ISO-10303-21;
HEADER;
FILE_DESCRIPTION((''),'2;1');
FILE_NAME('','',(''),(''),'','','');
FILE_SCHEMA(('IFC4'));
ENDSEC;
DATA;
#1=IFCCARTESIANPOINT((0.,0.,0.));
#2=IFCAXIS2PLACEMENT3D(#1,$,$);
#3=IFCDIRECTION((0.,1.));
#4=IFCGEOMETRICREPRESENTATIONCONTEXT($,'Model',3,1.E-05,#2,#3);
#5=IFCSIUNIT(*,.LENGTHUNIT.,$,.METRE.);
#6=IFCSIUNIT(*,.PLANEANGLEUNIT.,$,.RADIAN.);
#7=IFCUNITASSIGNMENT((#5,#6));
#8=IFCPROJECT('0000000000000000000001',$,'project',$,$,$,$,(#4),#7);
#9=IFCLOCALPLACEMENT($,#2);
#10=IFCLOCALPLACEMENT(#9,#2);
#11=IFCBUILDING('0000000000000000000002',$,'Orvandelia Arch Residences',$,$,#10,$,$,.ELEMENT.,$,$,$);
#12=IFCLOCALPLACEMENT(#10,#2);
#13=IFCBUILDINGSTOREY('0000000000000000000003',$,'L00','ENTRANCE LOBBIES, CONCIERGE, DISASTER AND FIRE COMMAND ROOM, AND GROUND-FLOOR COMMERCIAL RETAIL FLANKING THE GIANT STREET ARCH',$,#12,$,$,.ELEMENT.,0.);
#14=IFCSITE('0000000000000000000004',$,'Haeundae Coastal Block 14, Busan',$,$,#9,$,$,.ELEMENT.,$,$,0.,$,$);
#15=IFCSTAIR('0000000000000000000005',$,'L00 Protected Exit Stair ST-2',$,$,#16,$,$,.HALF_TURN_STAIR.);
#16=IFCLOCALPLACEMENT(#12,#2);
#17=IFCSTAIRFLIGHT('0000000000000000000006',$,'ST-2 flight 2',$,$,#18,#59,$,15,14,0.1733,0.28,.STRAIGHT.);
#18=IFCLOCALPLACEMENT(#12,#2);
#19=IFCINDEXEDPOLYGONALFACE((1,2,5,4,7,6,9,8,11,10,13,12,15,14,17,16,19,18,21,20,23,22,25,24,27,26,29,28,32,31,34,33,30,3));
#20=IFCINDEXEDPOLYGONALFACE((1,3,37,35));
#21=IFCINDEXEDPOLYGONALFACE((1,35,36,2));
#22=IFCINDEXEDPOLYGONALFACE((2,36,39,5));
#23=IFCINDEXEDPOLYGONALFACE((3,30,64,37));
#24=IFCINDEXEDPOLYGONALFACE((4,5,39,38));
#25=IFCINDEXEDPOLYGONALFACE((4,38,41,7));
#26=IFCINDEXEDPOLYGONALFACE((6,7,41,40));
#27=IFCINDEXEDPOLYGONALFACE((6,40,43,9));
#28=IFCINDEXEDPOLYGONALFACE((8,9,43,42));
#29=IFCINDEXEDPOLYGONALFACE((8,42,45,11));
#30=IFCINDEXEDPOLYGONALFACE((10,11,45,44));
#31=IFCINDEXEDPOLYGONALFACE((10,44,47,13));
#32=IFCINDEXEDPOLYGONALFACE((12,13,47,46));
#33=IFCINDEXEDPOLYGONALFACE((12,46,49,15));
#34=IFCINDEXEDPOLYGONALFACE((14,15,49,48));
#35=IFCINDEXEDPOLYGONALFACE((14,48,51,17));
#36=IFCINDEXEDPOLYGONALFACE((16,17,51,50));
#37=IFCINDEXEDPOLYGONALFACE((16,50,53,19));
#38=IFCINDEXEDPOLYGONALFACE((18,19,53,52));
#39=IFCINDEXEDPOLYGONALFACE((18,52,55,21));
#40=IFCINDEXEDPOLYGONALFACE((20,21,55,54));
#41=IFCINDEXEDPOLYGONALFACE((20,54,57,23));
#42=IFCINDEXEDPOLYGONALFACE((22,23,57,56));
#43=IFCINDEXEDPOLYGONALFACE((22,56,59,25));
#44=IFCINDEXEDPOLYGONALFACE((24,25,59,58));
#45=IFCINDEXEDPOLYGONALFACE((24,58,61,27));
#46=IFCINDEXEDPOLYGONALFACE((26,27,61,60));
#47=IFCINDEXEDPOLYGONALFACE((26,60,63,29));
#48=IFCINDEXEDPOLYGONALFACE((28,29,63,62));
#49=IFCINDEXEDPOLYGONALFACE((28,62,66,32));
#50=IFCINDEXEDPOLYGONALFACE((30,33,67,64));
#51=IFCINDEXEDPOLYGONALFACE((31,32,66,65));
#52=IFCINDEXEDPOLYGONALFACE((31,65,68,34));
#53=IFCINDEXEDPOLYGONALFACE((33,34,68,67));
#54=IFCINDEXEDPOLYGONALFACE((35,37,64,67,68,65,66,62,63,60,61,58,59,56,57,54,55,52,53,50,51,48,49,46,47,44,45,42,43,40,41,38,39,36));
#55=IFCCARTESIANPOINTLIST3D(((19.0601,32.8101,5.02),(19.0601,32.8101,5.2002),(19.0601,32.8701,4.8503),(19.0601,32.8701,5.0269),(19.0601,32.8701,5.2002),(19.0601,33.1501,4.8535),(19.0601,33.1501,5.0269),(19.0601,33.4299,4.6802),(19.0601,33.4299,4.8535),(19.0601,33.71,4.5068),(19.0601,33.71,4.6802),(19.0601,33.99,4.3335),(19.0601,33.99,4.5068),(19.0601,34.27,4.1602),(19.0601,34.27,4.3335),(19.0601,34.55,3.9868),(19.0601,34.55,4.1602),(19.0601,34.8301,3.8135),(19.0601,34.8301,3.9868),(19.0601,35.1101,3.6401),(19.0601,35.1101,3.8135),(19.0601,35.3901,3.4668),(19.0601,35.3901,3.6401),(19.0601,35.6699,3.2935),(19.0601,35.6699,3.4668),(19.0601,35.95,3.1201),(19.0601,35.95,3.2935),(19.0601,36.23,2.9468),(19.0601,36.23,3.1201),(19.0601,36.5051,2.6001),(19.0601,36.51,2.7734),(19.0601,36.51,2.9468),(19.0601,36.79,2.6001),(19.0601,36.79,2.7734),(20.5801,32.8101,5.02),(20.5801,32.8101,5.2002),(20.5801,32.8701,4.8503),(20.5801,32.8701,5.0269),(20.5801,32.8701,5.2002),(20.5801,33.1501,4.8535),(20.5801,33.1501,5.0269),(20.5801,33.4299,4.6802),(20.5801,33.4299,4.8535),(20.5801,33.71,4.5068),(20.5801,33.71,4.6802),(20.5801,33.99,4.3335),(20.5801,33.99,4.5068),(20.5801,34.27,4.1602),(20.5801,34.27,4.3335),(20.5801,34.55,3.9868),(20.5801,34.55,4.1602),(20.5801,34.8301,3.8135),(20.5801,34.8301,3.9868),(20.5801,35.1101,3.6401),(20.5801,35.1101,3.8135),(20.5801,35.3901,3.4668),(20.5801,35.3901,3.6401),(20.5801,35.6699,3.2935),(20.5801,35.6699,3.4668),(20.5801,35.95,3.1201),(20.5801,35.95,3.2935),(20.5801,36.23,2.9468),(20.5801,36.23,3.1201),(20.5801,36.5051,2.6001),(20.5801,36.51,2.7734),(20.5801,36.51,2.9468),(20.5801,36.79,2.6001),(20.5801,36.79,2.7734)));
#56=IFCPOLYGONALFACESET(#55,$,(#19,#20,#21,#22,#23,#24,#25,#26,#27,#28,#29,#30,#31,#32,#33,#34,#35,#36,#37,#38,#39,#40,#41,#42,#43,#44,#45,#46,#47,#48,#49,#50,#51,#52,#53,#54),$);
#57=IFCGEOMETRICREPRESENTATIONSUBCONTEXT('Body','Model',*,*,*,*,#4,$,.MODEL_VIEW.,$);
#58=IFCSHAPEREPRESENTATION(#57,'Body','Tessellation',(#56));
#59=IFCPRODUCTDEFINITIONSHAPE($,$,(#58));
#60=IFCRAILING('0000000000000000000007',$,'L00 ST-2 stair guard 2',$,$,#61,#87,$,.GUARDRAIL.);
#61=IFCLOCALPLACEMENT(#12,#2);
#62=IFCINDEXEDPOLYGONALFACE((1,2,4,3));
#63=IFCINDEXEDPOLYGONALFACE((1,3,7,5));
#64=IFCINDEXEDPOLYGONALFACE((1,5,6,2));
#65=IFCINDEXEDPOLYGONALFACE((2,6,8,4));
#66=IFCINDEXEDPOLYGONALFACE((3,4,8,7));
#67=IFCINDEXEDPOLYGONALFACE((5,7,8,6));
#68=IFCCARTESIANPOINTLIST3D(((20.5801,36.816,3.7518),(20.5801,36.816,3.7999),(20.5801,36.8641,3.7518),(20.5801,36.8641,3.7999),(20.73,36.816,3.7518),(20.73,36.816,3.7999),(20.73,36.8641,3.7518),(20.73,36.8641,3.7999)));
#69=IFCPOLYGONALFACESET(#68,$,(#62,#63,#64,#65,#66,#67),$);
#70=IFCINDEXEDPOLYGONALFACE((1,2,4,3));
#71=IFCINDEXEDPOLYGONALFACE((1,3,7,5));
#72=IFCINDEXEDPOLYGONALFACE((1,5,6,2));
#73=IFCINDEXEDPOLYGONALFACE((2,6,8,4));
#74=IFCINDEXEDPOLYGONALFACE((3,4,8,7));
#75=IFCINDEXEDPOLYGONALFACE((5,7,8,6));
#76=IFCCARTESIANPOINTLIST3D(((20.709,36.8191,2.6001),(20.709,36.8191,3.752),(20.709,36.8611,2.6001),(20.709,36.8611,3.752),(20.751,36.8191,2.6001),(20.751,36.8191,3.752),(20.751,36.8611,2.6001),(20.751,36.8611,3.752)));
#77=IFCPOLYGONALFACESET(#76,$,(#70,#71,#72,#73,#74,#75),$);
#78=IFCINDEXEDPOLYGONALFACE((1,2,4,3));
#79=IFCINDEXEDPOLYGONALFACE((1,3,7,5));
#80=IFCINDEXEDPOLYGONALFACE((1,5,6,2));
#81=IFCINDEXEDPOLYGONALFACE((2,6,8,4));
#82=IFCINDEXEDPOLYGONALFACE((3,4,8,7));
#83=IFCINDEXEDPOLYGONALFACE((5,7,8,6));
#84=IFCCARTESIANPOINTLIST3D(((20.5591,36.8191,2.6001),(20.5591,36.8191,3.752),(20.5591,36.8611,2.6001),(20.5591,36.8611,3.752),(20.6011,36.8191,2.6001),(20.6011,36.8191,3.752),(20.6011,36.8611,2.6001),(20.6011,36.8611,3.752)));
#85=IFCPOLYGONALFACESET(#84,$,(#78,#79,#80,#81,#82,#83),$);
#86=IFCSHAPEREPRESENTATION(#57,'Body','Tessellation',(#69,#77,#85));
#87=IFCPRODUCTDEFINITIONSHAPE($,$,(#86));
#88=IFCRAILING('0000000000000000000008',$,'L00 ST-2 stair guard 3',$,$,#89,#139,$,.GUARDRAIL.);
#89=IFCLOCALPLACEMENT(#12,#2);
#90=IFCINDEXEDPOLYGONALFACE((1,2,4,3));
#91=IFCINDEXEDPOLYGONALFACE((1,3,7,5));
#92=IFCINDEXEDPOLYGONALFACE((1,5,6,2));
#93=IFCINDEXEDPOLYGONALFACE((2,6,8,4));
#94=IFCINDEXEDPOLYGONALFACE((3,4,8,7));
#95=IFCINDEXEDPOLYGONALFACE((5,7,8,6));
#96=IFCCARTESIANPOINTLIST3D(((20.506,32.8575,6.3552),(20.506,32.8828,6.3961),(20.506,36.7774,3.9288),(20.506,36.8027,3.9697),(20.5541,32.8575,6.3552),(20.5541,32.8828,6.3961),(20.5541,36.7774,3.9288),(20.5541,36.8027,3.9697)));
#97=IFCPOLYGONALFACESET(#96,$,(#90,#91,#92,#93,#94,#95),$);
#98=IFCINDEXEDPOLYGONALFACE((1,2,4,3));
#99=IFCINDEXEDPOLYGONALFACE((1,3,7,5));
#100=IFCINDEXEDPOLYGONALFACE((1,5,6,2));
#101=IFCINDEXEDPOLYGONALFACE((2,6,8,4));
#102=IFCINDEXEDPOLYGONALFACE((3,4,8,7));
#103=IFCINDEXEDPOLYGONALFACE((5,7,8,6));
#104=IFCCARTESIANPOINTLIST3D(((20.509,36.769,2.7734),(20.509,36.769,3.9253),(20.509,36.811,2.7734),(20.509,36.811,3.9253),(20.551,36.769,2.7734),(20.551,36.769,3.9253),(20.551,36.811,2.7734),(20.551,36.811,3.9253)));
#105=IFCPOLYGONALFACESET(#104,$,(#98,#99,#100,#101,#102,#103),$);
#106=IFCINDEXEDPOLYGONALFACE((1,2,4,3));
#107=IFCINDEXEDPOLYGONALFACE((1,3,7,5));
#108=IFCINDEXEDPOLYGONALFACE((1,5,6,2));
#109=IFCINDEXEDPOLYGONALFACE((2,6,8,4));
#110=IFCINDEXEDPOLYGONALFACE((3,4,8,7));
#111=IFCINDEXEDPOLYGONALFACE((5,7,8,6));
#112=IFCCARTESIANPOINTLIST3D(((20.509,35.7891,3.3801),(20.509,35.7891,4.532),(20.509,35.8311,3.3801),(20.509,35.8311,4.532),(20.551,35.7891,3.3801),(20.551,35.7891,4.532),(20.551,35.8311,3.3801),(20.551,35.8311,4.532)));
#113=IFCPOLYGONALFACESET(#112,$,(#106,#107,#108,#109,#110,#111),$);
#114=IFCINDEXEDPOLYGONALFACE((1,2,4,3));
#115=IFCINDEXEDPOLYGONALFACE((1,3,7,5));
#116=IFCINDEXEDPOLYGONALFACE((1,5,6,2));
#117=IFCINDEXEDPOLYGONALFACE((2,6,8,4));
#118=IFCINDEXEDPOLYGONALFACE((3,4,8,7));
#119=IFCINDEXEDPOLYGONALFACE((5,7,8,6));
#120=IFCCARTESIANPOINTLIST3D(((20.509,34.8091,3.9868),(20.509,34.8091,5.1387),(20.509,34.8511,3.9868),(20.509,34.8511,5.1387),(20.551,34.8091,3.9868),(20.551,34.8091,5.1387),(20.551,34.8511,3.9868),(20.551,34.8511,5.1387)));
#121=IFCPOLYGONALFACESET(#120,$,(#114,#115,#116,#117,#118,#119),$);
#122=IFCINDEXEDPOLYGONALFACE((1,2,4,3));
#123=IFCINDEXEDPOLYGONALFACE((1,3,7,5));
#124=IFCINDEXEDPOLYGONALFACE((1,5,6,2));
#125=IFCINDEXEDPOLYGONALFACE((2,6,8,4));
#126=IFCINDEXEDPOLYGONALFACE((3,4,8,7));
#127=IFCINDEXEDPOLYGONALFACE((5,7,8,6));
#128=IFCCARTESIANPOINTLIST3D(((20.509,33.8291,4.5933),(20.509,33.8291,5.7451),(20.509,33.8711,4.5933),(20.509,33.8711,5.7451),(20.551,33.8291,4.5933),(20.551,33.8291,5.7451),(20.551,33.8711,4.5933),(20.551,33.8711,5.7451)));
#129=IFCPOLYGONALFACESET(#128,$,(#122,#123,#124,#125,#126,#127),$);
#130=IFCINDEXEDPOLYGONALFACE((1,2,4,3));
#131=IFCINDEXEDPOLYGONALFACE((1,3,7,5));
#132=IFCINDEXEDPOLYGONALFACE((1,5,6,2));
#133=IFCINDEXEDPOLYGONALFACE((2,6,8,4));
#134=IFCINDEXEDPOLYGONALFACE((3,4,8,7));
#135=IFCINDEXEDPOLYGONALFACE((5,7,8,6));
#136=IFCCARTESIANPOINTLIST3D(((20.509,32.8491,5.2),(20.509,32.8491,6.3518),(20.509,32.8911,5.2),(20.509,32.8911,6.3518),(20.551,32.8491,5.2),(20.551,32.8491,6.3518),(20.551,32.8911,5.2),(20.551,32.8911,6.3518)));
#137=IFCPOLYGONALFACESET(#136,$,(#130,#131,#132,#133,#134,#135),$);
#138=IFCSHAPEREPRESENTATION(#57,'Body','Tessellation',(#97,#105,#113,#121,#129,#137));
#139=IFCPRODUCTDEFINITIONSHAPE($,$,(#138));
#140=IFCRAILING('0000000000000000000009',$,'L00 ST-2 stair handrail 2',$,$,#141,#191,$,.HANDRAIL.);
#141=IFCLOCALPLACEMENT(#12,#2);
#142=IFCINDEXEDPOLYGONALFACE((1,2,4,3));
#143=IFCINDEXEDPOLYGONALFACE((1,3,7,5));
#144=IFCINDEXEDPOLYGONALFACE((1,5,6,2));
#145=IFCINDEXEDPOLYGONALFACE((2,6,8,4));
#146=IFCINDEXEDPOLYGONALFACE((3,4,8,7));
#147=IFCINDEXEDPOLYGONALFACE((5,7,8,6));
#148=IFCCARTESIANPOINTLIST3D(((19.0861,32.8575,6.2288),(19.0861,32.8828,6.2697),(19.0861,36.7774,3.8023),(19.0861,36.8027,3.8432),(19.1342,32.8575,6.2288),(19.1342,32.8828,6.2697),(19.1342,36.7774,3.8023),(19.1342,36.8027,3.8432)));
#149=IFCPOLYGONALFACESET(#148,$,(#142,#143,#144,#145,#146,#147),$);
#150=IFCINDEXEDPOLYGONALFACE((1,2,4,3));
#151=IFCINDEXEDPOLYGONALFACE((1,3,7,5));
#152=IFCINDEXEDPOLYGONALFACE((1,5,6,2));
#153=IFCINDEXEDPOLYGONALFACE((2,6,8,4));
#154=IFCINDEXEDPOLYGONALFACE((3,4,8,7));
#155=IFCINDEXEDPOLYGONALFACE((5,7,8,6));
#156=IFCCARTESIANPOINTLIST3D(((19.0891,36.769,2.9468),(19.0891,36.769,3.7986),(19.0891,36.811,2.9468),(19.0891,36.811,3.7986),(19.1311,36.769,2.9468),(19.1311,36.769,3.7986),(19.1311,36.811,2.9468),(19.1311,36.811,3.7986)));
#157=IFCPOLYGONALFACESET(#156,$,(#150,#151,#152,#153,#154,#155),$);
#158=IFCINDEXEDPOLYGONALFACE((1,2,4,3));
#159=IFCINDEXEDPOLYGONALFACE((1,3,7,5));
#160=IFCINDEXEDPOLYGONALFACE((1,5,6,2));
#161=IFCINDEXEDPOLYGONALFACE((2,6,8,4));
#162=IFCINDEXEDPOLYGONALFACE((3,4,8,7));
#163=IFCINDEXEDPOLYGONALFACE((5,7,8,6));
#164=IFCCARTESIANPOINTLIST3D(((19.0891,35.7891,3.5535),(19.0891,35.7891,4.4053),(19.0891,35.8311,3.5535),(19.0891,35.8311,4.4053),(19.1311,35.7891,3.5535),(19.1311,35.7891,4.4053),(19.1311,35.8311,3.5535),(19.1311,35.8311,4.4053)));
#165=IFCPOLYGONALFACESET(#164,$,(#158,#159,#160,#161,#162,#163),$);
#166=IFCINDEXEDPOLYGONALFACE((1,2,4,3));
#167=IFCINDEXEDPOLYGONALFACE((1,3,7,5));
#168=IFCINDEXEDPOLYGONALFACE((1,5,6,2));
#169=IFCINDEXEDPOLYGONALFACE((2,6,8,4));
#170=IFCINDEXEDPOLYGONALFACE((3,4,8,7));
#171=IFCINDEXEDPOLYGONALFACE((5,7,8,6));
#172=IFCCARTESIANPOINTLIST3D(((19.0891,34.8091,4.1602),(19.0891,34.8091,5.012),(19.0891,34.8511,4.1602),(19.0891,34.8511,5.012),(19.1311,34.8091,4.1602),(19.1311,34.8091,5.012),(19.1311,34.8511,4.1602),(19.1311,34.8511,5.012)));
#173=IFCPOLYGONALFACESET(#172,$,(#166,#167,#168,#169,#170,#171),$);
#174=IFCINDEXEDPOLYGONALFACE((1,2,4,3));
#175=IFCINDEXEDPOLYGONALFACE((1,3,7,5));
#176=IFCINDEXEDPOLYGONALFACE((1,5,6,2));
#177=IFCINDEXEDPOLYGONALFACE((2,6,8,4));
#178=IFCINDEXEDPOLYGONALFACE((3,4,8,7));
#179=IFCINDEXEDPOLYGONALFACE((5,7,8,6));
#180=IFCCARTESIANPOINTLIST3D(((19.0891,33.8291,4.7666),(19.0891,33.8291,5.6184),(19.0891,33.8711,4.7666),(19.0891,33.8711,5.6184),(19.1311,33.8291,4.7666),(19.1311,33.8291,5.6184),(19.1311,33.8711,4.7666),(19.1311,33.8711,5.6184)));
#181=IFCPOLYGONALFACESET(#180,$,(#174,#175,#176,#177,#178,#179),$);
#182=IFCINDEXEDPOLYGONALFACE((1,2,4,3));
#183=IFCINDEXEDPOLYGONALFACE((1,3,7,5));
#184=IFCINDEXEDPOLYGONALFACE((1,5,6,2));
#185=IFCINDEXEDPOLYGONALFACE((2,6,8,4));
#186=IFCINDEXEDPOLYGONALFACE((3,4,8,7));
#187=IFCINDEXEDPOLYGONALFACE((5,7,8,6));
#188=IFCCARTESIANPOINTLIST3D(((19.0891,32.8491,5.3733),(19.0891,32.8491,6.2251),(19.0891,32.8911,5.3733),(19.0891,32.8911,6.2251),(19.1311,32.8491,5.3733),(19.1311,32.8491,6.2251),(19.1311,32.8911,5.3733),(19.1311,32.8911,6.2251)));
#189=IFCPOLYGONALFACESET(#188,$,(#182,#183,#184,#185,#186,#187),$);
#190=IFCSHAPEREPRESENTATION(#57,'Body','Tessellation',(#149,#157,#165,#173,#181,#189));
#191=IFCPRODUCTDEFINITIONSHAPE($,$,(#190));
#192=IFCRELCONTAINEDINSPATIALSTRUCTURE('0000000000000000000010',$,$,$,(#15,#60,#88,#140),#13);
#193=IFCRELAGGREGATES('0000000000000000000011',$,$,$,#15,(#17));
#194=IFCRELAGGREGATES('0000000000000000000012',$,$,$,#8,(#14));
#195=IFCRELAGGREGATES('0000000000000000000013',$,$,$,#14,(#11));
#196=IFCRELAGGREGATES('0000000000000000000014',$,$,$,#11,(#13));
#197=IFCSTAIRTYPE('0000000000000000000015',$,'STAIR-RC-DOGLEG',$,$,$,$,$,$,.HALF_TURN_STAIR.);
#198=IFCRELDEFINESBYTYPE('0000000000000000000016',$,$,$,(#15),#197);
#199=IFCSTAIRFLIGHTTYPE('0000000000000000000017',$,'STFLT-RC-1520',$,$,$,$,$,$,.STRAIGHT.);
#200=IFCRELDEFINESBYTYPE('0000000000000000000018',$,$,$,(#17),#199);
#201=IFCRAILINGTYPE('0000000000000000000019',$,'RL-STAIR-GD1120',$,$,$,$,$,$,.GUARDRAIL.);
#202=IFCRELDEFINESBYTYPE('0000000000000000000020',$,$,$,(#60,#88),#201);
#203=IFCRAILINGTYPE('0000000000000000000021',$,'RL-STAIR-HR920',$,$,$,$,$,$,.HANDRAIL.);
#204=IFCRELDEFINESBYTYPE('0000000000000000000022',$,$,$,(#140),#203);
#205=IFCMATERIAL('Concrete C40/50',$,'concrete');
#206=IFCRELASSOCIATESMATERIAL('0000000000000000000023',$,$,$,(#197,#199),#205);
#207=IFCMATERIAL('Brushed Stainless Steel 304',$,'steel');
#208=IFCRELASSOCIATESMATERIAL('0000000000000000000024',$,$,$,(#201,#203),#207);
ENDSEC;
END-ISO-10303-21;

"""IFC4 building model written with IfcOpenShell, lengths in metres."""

from ifc_helpers import new_model, si_unit, direction, frame, origin, origin_2d, place, context, subcontext, project, spatial, polyline, rectangle, outline, extrude, material, type_object, element, aggregate, save


model = new_model("IFC4")

# Units and contexts
model_context = context("Model", 3, precision=1e-05, world=origin(), true_north=direction((0.0, 1.0)))
body_context = subcontext(model_context, "Body", "Model", "MODEL_VIEW")
ifc_project = project(units=[si_unit("LENGTHUNIT", "METRE"), si_unit("PLANEANGLEUNIT", "RADIAN")], contexts=[model_context])

# Site, building, storey
site_placement = place(None, origin())
site = spatial("IfcSite", under=ifc_project, at=site_placement, Name="Haeundae Coastal Block 14, Busan", CompositionType="ELEMENT", RefElevation=0.0)
building_placement = place(site_placement, origin())
building = spatial("IfcBuilding", under=site, at=building_placement, Name="Orvandelia Arch Residences", CompositionType="ELEMENT")
storey_placement = place(building_placement, origin())
storey = spatial("IfcBuildingStorey", under=building, at=storey_placement, Name="L00", Description="ENTRANCE LOBBIES, CONCIERGE, DISASTER AND FIRE COMMAND ROOM, AND GROUND-FLOOR COMMERCIAL RETAIL FLANKING THE GIANT STREET ARCH", CompositionType="ELEMENT", Elevation=0.0)

# Stair, stair flight
ifc_material_1 = material(Name="Concrete C40/50", Category="concrete")
stair_type = type_object("IfcStairType", Name="STAIR-RC-DOGLEG", PredefinedType="HALF_TURN_STAIR", material=ifc_material_1)
stair_placement = place(storey_placement, origin())
stair = element("IfcStair", 1, at=stair_placement, inside=storey, type_object=stair_type, Name="L00 Protected Exit Stair ST-2", PredefinedType="HALF_TURN_STAIR")
stair_flight_type = type_object("IfcStairFlightType", Name="STFLT-RC-1520", PredefinedType="STRAIGHT", material=ifc_material_1)
stair_flight_placement = place(storey_placement, frame((19.8201, 36.79, 2.6001), z_axis=(0.0, 0.0, 1.0), x_axis=(0.0, -1.0, 0.0)))
stair_flight = element("IfcStairFlight", 2, at=stair_flight_placement, type_object=stair_flight_type, Name="ST-2 flight 2", NumberOfRisers=15, NumberOfTreads=14, PredefinedType="STRAIGHT", RiserHeight=0.1733, TreadLength=0.28, context=body_context, shape_type="SweptSolid", body=[
    extrude(outline(polyline([(0.0, 0.0), (0.0, 0.1733), (0.28, 0.1733), (0.28, 0.3467), (0.5601, 0.3467), (0.5601, 0.52), (0.8401, 0.52), (0.8401, 0.6934), (1.1201, 0.6934), (1.1201, 0.8667), (1.3999, 0.8667), (1.3999, 1.04), (1.6799, 1.04), (1.6799, 1.2134), (1.96, 1.2134), (1.96, 1.3867), (2.24, 1.3867), (2.24, 1.5601), (2.52, 1.5601), (2.52, 1.7334), (2.8, 1.7334), (2.8, 1.9067), (3.0801, 1.9067), (3.0801, 2.0801), (3.3601, 2.0801), (3.3601, 2.2534), (3.6399, 2.2534), (3.6399, 2.4268), (3.9199, 2.4268), (3.9199, 2.6001), (3.98, 2.6001), (3.98, 2.4199), (3.9199, 2.2502), (0.2849, 0.0), (0.0, 0.0)])), frame((0.0, 0.76, 0.0), z_axis=(0.0, -1.0, 0.0), x_axis=(1.0, 0.0, 0.0)), (0.0, 0.0, 1.0), 1.52),
])
aggregate(stair, [stair_flight])

# Railings
ifc_material_2 = material(Name="Brushed Stainless Steel 304", Category="steel")
railing_type_1 = type_object("IfcRailingType", Name="RL-STAIR-GD1120", PredefinedType="GUARDRAIL", material=ifc_material_2)
railing_1_placement = place(storey_placement, frame((20.73, 36.8401, 2.6001)))
element("IfcRailing", 3, at=railing_1_placement, inside=storey, type_object=railing_type_1, Name="L00 ST-2 stair guard 2", PredefinedType="GUARDRAIL", context=body_context, shape_type="SweptSolid", body=[
    extrude(rectangle(XDim=0.0481, YDim=0.0481, at=origin_2d()), frame((0.0, 0.0, 1.1758), z_axis=(-1.0, 0.0, 0.0), x_axis=(0.0, -1.0, 0.0)), (0.0, 0.0, 1.0), 0.1499),
    extrude(rectangle(XDim=0.042, YDim=0.042, at=origin_2d()), origin(), (0.0, 0.0, 1.0), 1.1519),
    extrude(rectangle(XDim=0.042, YDim=0.042, at=origin_2d()), frame((-0.1499, 0.0, 0.0)), (0.0, 0.0, 1.0), 1.1519),
])
railing_2_placement = place(storey_placement, frame((20.53, 36.79, 2.7734)))
element("IfcRailing", 4, at=railing_2_placement, inside=storey, type_object=railing_type_1, Name="L00 ST-2 stair guard 3", PredefinedType="GUARDRAIL", context=body_context, shape_type="SweptSolid", body=[
    extrude(rectangle(XDim=0.0481, YDim=0.0481, at=origin_2d()), frame((0.0, 0.0, 1.1758), z_axis=(0.0, -0.850275, 0.526338), x_axis=(1.0, 0.0, 0.0)), (0.0, 0.0, 1.0), 4.6101),
    extrude(rectangle(XDim=0.042, YDim=0.042, at=origin_2d()), origin(), (0.0, 0.0, 1.0), 1.1519),
    extrude(rectangle(XDim=0.042, YDim=0.042, at=origin_2d()), frame((0.0, -0.98, 0.6067)), (0.0, 0.0, 1.0), 1.1519),
    extrude(rectangle(XDim=0.042, YDim=0.042, at=origin_2d()), frame((0.0, -1.96, 1.2134)), (0.0, 0.0, 1.0), 1.1519),
    extrude(rectangle(XDim=0.042, YDim=0.042, at=origin_2d()), frame((0.0, -2.9399, 1.8198)), (0.0, 0.0, 1.0), 1.1519),
    extrude(rectangle(XDim=0.042, YDim=0.042, at=origin_2d()), frame((0.0, -3.9199, 2.4265)), (0.0, 0.0, 1.0), 1.1519),
])
railing_type_2 = type_object("IfcRailingType", Name="RL-STAIR-HR920", PredefinedType="HANDRAIL", material=ifc_material_2)
railing_3_placement = place(storey_placement, frame((19.1101, 36.79, 2.9468)))
element("IfcRailing", 5, at=railing_3_placement, inside=storey, type_object=railing_type_2, Name="L00 ST-2 stair handrail 2", PredefinedType="HANDRAIL", context=body_context, shape_type="SweptSolid", body=[
    extrude(rectangle(XDim=0.0481, YDim=0.0481, at=origin_2d()), frame((0.0, 0.0, 0.876), z_axis=(0.0, -0.850275, 0.526338), x_axis=(1.0, 0.0, 0.0)), (0.0, 0.0, 1.0), 4.6101),
    extrude(rectangle(XDim=0.042, YDim=0.042, at=origin_2d()), origin(), (0.0, 0.0, 1.0), 0.8518),
    extrude(rectangle(XDim=0.042, YDim=0.042, at=origin_2d()), frame((0.0, -0.98, 0.6067)), (0.0, 0.0, 1.0), 0.8518),
    extrude(rectangle(XDim=0.042, YDim=0.042, at=origin_2d()), frame((0.0, -1.96, 1.2134)), (0.0, 0.0, 1.0), 0.8518),
    extrude(rectangle(XDim=0.042, YDim=0.042, at=origin_2d()), frame((0.0, -2.9399, 1.8198)), (0.0, 0.0, 1.0), 0.8518),
    extrude(rectangle(XDim=0.042, YDim=0.042, at=origin_2d()), frame((0.0, -3.9199, 2.4265)), (0.0, 0.0, 1.0), 0.8518),
])

save(model, "model.ifc")
